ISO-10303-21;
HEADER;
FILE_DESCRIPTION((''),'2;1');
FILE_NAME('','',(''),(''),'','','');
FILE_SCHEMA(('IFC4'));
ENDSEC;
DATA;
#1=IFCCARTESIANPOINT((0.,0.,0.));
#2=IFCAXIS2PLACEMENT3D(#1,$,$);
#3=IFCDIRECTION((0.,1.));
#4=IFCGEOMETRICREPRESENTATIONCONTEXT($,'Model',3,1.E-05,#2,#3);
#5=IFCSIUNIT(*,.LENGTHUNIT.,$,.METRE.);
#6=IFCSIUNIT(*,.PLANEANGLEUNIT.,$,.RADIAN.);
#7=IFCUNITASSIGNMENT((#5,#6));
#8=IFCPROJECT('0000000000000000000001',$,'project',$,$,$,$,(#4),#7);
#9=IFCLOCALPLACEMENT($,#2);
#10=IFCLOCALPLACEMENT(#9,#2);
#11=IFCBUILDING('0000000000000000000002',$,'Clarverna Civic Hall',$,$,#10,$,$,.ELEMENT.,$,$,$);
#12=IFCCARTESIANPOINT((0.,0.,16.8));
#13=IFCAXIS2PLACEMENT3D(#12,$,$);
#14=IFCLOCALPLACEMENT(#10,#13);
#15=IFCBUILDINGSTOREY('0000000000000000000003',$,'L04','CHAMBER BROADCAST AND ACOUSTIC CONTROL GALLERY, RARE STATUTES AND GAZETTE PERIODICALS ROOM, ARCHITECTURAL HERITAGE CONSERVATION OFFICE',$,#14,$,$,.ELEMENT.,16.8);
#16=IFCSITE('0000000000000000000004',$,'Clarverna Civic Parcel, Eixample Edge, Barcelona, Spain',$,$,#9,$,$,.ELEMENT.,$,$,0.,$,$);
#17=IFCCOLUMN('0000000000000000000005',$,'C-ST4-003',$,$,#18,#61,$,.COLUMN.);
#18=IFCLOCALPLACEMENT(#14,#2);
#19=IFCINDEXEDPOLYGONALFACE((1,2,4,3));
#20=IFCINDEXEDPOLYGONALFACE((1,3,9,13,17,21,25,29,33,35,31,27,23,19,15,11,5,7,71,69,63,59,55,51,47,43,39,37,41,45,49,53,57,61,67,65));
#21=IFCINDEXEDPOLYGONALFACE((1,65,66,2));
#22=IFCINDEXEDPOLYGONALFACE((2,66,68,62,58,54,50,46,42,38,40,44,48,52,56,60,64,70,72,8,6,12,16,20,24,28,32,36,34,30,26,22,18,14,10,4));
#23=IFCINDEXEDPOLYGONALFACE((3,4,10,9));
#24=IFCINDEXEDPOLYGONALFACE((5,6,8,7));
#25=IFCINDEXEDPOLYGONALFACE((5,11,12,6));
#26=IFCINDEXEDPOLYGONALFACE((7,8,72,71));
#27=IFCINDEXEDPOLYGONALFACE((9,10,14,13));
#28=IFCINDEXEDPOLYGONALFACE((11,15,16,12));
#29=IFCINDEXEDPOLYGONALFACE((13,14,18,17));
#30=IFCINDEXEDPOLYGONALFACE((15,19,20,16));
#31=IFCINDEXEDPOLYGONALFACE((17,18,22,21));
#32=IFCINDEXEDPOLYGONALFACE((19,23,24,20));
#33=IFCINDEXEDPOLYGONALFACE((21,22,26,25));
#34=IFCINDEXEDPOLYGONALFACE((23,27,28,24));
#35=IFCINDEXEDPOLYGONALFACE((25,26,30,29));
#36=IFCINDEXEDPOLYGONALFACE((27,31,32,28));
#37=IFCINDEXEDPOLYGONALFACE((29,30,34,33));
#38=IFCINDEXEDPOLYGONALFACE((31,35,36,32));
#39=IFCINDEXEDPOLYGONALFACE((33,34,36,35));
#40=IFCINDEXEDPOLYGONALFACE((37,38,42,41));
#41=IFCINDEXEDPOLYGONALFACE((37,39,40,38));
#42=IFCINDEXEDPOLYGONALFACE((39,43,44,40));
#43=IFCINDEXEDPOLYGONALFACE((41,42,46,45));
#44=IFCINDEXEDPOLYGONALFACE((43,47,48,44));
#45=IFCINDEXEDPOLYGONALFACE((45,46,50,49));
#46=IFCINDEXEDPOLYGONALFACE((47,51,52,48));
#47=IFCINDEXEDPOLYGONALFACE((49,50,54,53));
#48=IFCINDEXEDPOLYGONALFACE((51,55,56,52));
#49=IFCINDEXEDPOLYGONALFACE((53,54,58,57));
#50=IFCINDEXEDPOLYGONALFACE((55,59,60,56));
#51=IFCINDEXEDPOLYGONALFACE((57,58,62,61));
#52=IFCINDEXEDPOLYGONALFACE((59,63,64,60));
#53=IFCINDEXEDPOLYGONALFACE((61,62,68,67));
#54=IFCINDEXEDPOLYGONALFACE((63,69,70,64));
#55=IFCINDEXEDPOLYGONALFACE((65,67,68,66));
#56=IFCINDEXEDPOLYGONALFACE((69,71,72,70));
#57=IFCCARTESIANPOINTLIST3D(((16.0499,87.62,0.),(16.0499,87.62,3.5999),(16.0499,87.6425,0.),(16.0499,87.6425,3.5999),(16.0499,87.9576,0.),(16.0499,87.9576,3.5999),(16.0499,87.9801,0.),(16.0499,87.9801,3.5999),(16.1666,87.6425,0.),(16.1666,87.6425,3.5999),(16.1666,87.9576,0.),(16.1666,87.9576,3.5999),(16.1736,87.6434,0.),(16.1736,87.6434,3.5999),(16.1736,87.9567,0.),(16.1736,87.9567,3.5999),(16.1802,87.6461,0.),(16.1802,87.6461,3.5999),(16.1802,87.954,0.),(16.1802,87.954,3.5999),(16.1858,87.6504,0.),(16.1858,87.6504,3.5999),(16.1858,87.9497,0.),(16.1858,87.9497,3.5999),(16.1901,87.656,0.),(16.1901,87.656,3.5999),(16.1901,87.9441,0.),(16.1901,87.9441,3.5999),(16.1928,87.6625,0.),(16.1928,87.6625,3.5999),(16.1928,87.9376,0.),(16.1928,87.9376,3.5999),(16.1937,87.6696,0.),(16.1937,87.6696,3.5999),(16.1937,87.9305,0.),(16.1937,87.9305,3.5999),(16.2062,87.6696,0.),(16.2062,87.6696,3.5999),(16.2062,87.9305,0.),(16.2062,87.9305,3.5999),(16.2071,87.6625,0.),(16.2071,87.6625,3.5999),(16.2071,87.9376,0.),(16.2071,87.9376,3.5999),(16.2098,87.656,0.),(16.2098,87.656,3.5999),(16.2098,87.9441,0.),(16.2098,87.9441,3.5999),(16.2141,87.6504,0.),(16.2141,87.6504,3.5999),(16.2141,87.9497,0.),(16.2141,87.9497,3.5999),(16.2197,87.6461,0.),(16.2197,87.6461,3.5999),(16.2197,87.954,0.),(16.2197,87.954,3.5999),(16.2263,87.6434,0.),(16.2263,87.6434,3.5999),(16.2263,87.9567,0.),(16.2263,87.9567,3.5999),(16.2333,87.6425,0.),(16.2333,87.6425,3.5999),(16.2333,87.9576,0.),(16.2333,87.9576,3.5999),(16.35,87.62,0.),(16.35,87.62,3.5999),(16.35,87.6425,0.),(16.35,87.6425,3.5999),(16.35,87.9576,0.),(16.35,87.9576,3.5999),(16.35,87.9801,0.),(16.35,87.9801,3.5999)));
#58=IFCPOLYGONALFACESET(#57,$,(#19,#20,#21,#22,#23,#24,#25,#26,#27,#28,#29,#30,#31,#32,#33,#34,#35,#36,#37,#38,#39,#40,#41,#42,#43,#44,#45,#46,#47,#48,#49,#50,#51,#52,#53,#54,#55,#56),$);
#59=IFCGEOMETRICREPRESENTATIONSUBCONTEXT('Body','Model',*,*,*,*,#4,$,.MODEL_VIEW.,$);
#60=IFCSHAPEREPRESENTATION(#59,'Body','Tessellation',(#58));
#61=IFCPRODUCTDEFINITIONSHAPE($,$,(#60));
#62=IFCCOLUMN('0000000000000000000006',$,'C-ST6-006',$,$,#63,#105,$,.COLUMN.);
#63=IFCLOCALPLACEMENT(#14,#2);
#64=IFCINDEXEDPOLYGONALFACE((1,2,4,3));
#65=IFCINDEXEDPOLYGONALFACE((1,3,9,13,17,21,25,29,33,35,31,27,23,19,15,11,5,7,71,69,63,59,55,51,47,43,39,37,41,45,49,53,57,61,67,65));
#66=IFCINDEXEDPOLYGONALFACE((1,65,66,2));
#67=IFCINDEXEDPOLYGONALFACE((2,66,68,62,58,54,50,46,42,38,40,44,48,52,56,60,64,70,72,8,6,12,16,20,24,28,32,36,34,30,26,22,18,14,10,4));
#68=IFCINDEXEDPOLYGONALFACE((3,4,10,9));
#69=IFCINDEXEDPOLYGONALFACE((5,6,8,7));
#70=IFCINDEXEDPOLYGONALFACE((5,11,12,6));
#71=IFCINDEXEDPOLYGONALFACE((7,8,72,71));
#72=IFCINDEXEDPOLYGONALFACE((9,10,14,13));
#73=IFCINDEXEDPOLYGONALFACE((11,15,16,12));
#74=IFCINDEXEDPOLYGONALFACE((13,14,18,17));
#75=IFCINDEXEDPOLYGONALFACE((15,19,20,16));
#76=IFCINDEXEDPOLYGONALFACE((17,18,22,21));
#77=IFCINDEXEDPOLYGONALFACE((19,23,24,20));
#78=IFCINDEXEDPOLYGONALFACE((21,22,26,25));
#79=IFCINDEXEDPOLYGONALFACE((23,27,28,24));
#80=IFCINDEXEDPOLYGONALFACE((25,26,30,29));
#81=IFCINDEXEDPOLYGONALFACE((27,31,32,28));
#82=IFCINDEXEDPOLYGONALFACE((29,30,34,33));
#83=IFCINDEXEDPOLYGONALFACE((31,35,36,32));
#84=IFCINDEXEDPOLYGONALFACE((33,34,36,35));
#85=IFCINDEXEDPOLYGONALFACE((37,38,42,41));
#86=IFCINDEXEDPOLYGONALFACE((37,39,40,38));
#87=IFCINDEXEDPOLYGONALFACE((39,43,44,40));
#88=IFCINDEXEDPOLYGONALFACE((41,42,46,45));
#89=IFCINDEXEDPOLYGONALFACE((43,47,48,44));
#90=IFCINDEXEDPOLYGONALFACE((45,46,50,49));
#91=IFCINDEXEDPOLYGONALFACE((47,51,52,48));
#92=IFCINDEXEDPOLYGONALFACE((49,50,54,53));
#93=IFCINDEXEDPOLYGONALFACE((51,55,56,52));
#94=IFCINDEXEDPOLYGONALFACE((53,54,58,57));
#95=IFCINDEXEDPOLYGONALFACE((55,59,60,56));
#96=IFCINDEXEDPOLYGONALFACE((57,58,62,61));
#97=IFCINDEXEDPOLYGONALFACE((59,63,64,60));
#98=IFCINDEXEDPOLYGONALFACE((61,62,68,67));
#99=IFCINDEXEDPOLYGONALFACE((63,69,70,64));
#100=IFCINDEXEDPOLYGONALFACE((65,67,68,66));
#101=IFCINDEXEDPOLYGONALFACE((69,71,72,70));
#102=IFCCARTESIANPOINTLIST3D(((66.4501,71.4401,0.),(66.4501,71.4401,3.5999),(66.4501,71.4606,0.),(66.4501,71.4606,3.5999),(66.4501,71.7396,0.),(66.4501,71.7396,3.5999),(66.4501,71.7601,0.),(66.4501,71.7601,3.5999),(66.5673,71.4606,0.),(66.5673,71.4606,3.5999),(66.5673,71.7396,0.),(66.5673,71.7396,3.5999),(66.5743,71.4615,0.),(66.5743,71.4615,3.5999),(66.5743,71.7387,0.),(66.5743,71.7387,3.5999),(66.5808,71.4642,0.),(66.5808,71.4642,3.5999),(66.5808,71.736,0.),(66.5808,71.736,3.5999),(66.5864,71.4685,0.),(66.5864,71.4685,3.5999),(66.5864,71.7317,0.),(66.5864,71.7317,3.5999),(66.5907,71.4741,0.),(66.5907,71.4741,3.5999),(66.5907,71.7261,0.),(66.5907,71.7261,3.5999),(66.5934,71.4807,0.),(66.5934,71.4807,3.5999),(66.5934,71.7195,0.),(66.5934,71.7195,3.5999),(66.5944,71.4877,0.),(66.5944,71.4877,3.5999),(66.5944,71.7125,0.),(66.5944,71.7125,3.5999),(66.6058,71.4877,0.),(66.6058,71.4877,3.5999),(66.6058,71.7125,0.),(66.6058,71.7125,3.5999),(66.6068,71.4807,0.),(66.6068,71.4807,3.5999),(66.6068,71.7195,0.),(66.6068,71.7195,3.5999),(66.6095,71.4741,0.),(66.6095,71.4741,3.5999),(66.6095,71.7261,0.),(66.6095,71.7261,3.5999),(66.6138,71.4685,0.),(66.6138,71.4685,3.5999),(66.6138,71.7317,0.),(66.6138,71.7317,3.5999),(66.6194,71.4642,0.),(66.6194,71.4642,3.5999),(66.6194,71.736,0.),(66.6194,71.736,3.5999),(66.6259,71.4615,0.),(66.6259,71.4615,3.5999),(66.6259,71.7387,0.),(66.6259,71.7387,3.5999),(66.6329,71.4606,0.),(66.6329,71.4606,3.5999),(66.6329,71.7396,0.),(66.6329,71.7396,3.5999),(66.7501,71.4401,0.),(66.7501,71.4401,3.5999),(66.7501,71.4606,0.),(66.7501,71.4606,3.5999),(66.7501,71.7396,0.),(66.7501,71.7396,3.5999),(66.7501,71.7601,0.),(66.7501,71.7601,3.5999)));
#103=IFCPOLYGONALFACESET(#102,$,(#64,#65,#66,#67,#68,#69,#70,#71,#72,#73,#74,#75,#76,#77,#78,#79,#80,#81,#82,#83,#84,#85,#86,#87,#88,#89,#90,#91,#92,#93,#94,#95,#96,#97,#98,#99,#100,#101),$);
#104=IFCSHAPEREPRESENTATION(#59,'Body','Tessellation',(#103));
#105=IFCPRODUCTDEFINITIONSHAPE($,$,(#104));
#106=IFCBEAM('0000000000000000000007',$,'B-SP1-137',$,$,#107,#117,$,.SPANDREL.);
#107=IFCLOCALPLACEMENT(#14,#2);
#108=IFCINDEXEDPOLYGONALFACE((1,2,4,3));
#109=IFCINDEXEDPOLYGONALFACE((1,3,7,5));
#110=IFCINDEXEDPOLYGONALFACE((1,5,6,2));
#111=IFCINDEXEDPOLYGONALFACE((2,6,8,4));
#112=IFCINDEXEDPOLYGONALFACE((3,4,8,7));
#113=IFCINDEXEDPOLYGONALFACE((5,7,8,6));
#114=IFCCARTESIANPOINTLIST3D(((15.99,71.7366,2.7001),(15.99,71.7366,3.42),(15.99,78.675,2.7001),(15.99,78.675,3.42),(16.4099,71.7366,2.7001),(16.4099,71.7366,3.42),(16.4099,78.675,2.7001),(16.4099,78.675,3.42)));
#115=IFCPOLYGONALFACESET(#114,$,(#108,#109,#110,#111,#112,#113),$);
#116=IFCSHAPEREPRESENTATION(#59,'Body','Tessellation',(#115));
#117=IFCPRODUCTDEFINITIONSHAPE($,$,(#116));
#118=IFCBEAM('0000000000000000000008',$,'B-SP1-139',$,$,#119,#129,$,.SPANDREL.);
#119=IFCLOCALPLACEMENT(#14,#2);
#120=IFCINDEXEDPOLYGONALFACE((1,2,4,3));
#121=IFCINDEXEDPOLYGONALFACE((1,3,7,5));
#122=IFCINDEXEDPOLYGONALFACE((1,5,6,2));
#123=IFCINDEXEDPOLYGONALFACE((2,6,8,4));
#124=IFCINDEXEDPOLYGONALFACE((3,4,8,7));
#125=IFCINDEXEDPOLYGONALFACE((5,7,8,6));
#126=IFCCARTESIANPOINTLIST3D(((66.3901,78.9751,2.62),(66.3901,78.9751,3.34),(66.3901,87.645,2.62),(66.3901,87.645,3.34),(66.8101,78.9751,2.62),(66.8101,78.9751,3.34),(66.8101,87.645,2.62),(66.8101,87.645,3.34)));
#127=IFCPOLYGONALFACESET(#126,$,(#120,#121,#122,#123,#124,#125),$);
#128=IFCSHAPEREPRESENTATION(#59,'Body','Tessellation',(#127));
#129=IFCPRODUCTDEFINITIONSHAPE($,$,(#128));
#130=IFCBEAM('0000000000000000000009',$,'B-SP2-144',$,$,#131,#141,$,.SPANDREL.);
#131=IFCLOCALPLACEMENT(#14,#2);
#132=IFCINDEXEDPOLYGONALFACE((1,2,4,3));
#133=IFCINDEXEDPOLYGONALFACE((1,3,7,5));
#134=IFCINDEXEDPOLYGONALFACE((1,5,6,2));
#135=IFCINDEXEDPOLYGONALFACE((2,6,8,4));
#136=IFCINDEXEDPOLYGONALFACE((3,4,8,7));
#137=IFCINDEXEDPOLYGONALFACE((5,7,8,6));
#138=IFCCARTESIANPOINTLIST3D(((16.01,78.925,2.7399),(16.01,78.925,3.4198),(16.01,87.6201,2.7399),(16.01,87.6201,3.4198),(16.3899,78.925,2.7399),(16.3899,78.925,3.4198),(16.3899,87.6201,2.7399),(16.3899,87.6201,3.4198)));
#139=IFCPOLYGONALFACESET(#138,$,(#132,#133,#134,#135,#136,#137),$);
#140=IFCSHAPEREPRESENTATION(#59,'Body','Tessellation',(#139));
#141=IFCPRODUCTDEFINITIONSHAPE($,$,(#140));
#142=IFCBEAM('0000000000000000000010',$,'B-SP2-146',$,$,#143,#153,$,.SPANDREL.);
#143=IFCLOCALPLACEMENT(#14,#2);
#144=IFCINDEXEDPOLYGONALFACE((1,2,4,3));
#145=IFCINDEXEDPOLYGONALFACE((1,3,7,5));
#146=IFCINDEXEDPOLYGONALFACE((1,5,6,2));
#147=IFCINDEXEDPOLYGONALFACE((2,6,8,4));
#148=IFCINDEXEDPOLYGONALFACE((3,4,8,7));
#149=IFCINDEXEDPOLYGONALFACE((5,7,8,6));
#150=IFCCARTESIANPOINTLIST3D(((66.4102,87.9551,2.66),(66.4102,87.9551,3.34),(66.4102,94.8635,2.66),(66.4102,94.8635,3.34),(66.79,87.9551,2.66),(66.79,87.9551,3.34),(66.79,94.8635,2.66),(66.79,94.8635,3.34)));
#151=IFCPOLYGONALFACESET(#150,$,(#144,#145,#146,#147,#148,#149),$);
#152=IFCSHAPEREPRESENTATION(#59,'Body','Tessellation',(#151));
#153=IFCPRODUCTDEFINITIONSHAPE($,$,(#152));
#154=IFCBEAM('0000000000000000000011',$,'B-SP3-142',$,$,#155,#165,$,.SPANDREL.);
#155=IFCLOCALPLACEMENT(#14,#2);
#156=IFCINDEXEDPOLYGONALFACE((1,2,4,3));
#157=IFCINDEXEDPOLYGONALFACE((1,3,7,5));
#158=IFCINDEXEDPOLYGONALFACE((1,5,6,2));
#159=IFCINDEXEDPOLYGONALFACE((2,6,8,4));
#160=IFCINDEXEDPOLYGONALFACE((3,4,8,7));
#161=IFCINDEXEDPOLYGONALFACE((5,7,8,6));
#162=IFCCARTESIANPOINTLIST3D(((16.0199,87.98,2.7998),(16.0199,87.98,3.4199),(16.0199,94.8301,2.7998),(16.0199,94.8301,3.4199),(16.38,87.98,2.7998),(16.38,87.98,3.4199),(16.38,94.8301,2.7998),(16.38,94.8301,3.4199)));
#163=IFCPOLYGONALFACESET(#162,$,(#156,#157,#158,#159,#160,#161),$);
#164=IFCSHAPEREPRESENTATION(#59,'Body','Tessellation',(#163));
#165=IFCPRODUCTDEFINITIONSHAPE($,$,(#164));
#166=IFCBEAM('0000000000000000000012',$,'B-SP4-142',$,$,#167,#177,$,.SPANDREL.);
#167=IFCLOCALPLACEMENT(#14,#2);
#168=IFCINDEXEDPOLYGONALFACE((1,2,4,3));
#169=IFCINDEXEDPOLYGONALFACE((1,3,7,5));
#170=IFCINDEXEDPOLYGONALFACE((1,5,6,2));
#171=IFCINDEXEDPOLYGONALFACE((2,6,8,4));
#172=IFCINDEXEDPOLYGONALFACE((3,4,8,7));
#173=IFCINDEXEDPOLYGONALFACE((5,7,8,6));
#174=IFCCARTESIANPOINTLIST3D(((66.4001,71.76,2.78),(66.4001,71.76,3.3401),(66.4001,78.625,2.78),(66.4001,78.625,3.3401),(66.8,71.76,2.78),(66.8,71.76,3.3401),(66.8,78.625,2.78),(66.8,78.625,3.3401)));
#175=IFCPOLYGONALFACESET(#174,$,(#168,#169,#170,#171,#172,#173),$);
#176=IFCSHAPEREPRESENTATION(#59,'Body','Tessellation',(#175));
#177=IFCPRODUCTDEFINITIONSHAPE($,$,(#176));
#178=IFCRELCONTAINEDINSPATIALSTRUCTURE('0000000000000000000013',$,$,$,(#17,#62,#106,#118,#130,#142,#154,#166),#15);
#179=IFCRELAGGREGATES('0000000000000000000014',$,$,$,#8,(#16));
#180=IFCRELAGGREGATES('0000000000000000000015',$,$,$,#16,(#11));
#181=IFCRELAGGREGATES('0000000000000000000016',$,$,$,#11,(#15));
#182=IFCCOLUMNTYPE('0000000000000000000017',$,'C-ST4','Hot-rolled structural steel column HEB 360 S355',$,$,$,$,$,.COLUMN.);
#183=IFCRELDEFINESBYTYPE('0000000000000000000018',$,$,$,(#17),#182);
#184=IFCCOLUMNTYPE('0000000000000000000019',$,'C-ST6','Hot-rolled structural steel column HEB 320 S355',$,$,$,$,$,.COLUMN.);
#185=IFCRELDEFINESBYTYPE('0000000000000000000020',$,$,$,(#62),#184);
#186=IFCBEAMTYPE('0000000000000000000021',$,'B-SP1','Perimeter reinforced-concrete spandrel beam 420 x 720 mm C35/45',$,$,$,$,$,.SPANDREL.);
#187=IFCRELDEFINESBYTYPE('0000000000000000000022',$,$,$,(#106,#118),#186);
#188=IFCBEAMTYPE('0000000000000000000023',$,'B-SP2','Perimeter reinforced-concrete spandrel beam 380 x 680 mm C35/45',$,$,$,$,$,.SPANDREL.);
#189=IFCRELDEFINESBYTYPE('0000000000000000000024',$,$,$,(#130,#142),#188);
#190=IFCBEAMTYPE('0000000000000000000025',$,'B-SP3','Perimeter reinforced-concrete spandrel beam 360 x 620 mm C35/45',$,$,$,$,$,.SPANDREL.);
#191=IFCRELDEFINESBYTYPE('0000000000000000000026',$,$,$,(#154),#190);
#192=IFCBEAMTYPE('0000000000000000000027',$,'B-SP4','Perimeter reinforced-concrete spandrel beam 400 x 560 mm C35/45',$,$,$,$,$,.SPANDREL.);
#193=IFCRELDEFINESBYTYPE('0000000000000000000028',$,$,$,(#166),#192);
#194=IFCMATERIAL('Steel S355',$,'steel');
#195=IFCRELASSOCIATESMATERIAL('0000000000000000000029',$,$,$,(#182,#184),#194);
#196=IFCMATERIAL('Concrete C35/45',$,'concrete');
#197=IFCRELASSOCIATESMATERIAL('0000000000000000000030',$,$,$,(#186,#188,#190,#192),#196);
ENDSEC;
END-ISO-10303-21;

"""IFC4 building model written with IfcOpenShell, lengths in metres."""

from ifc_helpers import new_model, si_unit, direction, frame, origin, origin_2d, place, context, subcontext, project, spatial, rectangle, i_section, extrude, material, material_profile, profile_set, type_object, element, save


model = new_model("IFC4")

# Units and contexts
model_context = context("Model", 3, precision=1e-05, world=origin(), true_north=direction((0.0, 1.0)))
body_context = subcontext(model_context, "Body", "Model", "MODEL_VIEW")
ifc_project = project(units=[si_unit("LENGTHUNIT", "METRE"), si_unit("PLANEANGLEUNIT", "RADIAN")], contexts=[model_context])

# Site, building, storey
site_placement = place(None, origin())
site = spatial("IfcSite", under=ifc_project, at=site_placement, Name="Clarverna Civic Parcel, Eixample Edge, Barcelona, Spain", CompositionType="ELEMENT", RefElevation=0.0)
building_placement = place(site_placement, origin())
building = spatial("IfcBuilding", under=site, at=building_placement, Name="Clarverna Civic Hall", CompositionType="ELEMENT")
storey_placement = place(building_placement, frame((0.0, 0.0, 16.8)))
storey = spatial("IfcBuildingStorey", under=building, at=storey_placement, Name="L04", Description="CHAMBER BROADCAST AND ACOUSTIC CONTROL GALLERY, RARE STATUTES AND GAZETTE PERIODICALS ROOM, ARCHITECTURAL HERITAGE CONSERVATION OFFICE", CompositionType="ELEMENT", Elevation=16.8)

# Columns
ifc_material_1 = material(Name="Steel S355", Category="steel")
ifc_material_profile_1 = material_profile(ifc_material_1, i_section(OverallWidth=0.3, OverallDepth=0.3601, WebThickness=0.0125, FlangeThickness=0.0225, FilletRadius=0.0271, at=origin_2d()), Name="HEB 360")
ifc_profile_set_1 = profile_set([ifc_material_profile_1], Name="Steel S355")
column_type_1 = type_object("IfcColumnType", Name="C-ST4", Description="Hot-rolled structural steel column HEB 360 S355", PredefinedType="COLUMN", material=ifc_profile_set_1)
column_1_placement = place(storey_placement, frame((16.2, 87.8, 0.0), z_axis=(0.0, 0.0, 1.0), x_axis=(1.0, 0.0, 0.0)))
element("IfcColumn", 1, at=column_1_placement, inside=storey, type_object=column_type_1, Name="C-ST4-003", PredefinedType="COLUMN", context=body_context, shape_type="SweptSolid", body=[
    extrude(i_section(OverallWidth=0.3, OverallDepth=0.3601, WebThickness=0.0125, FlangeThickness=0.0225, FilletRadius=0.0271, at=origin_2d()), origin(), (0.0, 0.0, 1.0), 3.5999),
])
ifc_material_profile_2 = material_profile(ifc_material_1, i_section(OverallWidth=0.3, OverallDepth=0.3201, WebThickness=0.0115, FlangeThickness=0.0205, FilletRadius=0.0271, at=origin_2d()), Name="HEB 320")
ifc_profile_set_2 = profile_set([ifc_material_profile_2], Name="Steel S355")
column_type_2 = type_object("IfcColumnType", Name="C-ST6", Description="Hot-rolled structural steel column HEB 320 S355", PredefinedType="COLUMN", material=ifc_profile_set_2)
column_2_placement = place(storey_placement, frame((66.6001, 71.6001, 0.0), z_axis=(0.0, 0.0, 1.0), x_axis=(1.0, 0.0, 0.0)))
element("IfcColumn", 2, at=column_2_placement, inside=storey, type_object=column_type_2, Name="C-ST6-006", PredefinedType="COLUMN", context=body_context, shape_type="SweptSolid", body=[
    extrude(i_section(OverallWidth=0.3, OverallDepth=0.3201, WebThickness=0.0115, FlangeThickness=0.0205, FilletRadius=0.0271, at=origin_2d()), origin(), (0.0, 0.0, 1.0), 3.5999),
])

# Beams
ifc_material_2 = material(Name="Concrete C35/45", Category="concrete")
ifc_material_profile_3 = material_profile(ifc_material_2, rectangle(XDim=0.4199, YDim=0.72, at=origin_2d()), Name="RC 420x720")
ifc_profile_set_3 = profile_set([ifc_material_profile_3], Name="Concrete C35/45")
beam_type_1 = type_object("IfcBeamType", Name="B-SP1", Description="Perimeter reinforced-concrete spandrel beam 420 x 720 mm C35/45", PredefinedType="SPANDREL", material=ifc_profile_set_3)
beam_1_placement = place(storey_placement, frame((16.2, 71.7366, 3.0601), z_axis=(0.0, 1.0, 0.0), x_axis=(-1.0, 0.0, 0.0)))
element("IfcBeam", 3, at=beam_1_placement, inside=storey, type_object=beam_type_1, Name="B-SP1-137", PredefinedType="SPANDREL", context=body_context, shape_type="SweptSolid", body=[
    extrude(rectangle(XDim=0.4199, YDim=0.72, at=origin_2d()), origin(), (0.0, 0.0, 1.0), 6.9385),
])
beam_2_placement = place(storey_placement, frame((66.6001, 78.9751, 2.98), z_axis=(0.0, 1.0, 0.0), x_axis=(-1.0, 0.0, 0.0)))
element("IfcBeam", 4, at=beam_2_placement, inside=storey, type_object=beam_type_1, Name="B-SP1-139", PredefinedType="SPANDREL", context=body_context, shape_type="SweptSolid", body=[
    extrude(rectangle(XDim=0.4199, YDim=0.72, at=origin_2d()), origin(), (0.0, 0.0, 1.0), 8.6699),
])
ifc_material_profile_4 = material_profile(ifc_material_2, rectangle(XDim=0.3799, YDim=0.6799, at=origin_2d()), Name="RC 380x680")
ifc_profile_set_4 = profile_set([ifc_material_profile_4], Name="Concrete C35/45")
beam_type_2 = type_object("IfcBeamType", Name="B-SP2", Description="Perimeter reinforced-concrete spandrel beam 380 x 680 mm C35/45", PredefinedType="SPANDREL", material=ifc_profile_set_4)
beam_3_placement = place(storey_placement, frame((16.2, 78.925, 3.0798), z_axis=(0.0, 1.0, 0.0), x_axis=(-1.0, 0.0, 0.0)))
element("IfcBeam", 5, at=beam_3_placement, inside=storey, type_object=beam_type_2, Name="B-SP2-144", PredefinedType="SPANDREL", context=body_context, shape_type="SweptSolid", body=[
    extrude(rectangle(XDim=0.3799, YDim=0.6799, at=origin_2d()), origin(), (0.0, 0.0, 1.0), 8.6951),
])
beam_4_placement = place(storey_placement, frame((66.6001, 87.9551, 3.0), z_axis=(0.0, 1.0, 0.0), x_axis=(-1.0, 0.0, 0.0)))
element("IfcBeam", 6, at=beam_4_placement, inside=storey, type_object=beam_type_2, Name="B-SP2-146", PredefinedType="SPANDREL", context=body_context, shape_type="SweptSolid", body=[
    extrude(rectangle(XDim=0.3799, YDim=0.6799, at=origin_2d()), origin(), (0.0, 0.0, 1.0), 6.9084),
])
ifc_material_profile_5 = material_profile(ifc_material_2, rectangle(XDim=0.3601, YDim=0.6201, at=origin_2d()), Name="RC 360x620")
ifc_profile_set_5 = profile_set([ifc_material_profile_5], Name="Concrete C35/45")
beam_type_3 = type_object("IfcBeamType", Name="B-SP3", Description="Perimeter reinforced-concrete spandrel beam 360 x 620 mm C35/45", PredefinedType="SPANDREL", material=ifc_profile_set_5)
beam_5_placement = place(storey_placement, frame((16.2, 87.98, 3.1099), z_axis=(0.0, 1.0, 0.0), x_axis=(-1.0, 0.0, 0.0)))
element("IfcBeam", 7, at=beam_5_placement, inside=storey, type_object=beam_type_3, Name="B-SP3-142", PredefinedType="SPANDREL", context=body_context, shape_type="SweptSolid", body=[
    extrude(rectangle(XDim=0.3601, YDim=0.6201, at=origin_2d()), origin(), (0.0, 0.0, 1.0), 6.8501),
])
ifc_material_profile_6 = material_profile(ifc_material_2, rectangle(XDim=0.3999, YDim=0.5601, at=origin_2d()), Name="RC 400x560")
ifc_profile_set_6 = profile_set([ifc_material_profile_6], Name="Concrete C35/45")
beam_type_4 = type_object("IfcBeamType", Name="B-SP4", Description="Perimeter reinforced-concrete spandrel beam 400 x 560 mm C35/45", PredefinedType="SPANDREL", material=ifc_profile_set_6)
beam_6_placement = place(storey_placement, frame((66.6001, 71.76, 3.0601), z_axis=(0.0, 1.0, 0.0), x_axis=(-1.0, 0.0, 0.0)))
element("IfcBeam", 8, at=beam_6_placement, inside=storey, type_object=beam_type_4, Name="B-SP4-142", PredefinedType="SPANDREL", context=body_context, shape_type="SweptSolid", body=[
    extrude(rectangle(XDim=0.3999, YDim=0.5601, at=origin_2d()), origin(), (0.0, 0.0, 1.0), 6.865),
])

save(model, "model.ifc")
